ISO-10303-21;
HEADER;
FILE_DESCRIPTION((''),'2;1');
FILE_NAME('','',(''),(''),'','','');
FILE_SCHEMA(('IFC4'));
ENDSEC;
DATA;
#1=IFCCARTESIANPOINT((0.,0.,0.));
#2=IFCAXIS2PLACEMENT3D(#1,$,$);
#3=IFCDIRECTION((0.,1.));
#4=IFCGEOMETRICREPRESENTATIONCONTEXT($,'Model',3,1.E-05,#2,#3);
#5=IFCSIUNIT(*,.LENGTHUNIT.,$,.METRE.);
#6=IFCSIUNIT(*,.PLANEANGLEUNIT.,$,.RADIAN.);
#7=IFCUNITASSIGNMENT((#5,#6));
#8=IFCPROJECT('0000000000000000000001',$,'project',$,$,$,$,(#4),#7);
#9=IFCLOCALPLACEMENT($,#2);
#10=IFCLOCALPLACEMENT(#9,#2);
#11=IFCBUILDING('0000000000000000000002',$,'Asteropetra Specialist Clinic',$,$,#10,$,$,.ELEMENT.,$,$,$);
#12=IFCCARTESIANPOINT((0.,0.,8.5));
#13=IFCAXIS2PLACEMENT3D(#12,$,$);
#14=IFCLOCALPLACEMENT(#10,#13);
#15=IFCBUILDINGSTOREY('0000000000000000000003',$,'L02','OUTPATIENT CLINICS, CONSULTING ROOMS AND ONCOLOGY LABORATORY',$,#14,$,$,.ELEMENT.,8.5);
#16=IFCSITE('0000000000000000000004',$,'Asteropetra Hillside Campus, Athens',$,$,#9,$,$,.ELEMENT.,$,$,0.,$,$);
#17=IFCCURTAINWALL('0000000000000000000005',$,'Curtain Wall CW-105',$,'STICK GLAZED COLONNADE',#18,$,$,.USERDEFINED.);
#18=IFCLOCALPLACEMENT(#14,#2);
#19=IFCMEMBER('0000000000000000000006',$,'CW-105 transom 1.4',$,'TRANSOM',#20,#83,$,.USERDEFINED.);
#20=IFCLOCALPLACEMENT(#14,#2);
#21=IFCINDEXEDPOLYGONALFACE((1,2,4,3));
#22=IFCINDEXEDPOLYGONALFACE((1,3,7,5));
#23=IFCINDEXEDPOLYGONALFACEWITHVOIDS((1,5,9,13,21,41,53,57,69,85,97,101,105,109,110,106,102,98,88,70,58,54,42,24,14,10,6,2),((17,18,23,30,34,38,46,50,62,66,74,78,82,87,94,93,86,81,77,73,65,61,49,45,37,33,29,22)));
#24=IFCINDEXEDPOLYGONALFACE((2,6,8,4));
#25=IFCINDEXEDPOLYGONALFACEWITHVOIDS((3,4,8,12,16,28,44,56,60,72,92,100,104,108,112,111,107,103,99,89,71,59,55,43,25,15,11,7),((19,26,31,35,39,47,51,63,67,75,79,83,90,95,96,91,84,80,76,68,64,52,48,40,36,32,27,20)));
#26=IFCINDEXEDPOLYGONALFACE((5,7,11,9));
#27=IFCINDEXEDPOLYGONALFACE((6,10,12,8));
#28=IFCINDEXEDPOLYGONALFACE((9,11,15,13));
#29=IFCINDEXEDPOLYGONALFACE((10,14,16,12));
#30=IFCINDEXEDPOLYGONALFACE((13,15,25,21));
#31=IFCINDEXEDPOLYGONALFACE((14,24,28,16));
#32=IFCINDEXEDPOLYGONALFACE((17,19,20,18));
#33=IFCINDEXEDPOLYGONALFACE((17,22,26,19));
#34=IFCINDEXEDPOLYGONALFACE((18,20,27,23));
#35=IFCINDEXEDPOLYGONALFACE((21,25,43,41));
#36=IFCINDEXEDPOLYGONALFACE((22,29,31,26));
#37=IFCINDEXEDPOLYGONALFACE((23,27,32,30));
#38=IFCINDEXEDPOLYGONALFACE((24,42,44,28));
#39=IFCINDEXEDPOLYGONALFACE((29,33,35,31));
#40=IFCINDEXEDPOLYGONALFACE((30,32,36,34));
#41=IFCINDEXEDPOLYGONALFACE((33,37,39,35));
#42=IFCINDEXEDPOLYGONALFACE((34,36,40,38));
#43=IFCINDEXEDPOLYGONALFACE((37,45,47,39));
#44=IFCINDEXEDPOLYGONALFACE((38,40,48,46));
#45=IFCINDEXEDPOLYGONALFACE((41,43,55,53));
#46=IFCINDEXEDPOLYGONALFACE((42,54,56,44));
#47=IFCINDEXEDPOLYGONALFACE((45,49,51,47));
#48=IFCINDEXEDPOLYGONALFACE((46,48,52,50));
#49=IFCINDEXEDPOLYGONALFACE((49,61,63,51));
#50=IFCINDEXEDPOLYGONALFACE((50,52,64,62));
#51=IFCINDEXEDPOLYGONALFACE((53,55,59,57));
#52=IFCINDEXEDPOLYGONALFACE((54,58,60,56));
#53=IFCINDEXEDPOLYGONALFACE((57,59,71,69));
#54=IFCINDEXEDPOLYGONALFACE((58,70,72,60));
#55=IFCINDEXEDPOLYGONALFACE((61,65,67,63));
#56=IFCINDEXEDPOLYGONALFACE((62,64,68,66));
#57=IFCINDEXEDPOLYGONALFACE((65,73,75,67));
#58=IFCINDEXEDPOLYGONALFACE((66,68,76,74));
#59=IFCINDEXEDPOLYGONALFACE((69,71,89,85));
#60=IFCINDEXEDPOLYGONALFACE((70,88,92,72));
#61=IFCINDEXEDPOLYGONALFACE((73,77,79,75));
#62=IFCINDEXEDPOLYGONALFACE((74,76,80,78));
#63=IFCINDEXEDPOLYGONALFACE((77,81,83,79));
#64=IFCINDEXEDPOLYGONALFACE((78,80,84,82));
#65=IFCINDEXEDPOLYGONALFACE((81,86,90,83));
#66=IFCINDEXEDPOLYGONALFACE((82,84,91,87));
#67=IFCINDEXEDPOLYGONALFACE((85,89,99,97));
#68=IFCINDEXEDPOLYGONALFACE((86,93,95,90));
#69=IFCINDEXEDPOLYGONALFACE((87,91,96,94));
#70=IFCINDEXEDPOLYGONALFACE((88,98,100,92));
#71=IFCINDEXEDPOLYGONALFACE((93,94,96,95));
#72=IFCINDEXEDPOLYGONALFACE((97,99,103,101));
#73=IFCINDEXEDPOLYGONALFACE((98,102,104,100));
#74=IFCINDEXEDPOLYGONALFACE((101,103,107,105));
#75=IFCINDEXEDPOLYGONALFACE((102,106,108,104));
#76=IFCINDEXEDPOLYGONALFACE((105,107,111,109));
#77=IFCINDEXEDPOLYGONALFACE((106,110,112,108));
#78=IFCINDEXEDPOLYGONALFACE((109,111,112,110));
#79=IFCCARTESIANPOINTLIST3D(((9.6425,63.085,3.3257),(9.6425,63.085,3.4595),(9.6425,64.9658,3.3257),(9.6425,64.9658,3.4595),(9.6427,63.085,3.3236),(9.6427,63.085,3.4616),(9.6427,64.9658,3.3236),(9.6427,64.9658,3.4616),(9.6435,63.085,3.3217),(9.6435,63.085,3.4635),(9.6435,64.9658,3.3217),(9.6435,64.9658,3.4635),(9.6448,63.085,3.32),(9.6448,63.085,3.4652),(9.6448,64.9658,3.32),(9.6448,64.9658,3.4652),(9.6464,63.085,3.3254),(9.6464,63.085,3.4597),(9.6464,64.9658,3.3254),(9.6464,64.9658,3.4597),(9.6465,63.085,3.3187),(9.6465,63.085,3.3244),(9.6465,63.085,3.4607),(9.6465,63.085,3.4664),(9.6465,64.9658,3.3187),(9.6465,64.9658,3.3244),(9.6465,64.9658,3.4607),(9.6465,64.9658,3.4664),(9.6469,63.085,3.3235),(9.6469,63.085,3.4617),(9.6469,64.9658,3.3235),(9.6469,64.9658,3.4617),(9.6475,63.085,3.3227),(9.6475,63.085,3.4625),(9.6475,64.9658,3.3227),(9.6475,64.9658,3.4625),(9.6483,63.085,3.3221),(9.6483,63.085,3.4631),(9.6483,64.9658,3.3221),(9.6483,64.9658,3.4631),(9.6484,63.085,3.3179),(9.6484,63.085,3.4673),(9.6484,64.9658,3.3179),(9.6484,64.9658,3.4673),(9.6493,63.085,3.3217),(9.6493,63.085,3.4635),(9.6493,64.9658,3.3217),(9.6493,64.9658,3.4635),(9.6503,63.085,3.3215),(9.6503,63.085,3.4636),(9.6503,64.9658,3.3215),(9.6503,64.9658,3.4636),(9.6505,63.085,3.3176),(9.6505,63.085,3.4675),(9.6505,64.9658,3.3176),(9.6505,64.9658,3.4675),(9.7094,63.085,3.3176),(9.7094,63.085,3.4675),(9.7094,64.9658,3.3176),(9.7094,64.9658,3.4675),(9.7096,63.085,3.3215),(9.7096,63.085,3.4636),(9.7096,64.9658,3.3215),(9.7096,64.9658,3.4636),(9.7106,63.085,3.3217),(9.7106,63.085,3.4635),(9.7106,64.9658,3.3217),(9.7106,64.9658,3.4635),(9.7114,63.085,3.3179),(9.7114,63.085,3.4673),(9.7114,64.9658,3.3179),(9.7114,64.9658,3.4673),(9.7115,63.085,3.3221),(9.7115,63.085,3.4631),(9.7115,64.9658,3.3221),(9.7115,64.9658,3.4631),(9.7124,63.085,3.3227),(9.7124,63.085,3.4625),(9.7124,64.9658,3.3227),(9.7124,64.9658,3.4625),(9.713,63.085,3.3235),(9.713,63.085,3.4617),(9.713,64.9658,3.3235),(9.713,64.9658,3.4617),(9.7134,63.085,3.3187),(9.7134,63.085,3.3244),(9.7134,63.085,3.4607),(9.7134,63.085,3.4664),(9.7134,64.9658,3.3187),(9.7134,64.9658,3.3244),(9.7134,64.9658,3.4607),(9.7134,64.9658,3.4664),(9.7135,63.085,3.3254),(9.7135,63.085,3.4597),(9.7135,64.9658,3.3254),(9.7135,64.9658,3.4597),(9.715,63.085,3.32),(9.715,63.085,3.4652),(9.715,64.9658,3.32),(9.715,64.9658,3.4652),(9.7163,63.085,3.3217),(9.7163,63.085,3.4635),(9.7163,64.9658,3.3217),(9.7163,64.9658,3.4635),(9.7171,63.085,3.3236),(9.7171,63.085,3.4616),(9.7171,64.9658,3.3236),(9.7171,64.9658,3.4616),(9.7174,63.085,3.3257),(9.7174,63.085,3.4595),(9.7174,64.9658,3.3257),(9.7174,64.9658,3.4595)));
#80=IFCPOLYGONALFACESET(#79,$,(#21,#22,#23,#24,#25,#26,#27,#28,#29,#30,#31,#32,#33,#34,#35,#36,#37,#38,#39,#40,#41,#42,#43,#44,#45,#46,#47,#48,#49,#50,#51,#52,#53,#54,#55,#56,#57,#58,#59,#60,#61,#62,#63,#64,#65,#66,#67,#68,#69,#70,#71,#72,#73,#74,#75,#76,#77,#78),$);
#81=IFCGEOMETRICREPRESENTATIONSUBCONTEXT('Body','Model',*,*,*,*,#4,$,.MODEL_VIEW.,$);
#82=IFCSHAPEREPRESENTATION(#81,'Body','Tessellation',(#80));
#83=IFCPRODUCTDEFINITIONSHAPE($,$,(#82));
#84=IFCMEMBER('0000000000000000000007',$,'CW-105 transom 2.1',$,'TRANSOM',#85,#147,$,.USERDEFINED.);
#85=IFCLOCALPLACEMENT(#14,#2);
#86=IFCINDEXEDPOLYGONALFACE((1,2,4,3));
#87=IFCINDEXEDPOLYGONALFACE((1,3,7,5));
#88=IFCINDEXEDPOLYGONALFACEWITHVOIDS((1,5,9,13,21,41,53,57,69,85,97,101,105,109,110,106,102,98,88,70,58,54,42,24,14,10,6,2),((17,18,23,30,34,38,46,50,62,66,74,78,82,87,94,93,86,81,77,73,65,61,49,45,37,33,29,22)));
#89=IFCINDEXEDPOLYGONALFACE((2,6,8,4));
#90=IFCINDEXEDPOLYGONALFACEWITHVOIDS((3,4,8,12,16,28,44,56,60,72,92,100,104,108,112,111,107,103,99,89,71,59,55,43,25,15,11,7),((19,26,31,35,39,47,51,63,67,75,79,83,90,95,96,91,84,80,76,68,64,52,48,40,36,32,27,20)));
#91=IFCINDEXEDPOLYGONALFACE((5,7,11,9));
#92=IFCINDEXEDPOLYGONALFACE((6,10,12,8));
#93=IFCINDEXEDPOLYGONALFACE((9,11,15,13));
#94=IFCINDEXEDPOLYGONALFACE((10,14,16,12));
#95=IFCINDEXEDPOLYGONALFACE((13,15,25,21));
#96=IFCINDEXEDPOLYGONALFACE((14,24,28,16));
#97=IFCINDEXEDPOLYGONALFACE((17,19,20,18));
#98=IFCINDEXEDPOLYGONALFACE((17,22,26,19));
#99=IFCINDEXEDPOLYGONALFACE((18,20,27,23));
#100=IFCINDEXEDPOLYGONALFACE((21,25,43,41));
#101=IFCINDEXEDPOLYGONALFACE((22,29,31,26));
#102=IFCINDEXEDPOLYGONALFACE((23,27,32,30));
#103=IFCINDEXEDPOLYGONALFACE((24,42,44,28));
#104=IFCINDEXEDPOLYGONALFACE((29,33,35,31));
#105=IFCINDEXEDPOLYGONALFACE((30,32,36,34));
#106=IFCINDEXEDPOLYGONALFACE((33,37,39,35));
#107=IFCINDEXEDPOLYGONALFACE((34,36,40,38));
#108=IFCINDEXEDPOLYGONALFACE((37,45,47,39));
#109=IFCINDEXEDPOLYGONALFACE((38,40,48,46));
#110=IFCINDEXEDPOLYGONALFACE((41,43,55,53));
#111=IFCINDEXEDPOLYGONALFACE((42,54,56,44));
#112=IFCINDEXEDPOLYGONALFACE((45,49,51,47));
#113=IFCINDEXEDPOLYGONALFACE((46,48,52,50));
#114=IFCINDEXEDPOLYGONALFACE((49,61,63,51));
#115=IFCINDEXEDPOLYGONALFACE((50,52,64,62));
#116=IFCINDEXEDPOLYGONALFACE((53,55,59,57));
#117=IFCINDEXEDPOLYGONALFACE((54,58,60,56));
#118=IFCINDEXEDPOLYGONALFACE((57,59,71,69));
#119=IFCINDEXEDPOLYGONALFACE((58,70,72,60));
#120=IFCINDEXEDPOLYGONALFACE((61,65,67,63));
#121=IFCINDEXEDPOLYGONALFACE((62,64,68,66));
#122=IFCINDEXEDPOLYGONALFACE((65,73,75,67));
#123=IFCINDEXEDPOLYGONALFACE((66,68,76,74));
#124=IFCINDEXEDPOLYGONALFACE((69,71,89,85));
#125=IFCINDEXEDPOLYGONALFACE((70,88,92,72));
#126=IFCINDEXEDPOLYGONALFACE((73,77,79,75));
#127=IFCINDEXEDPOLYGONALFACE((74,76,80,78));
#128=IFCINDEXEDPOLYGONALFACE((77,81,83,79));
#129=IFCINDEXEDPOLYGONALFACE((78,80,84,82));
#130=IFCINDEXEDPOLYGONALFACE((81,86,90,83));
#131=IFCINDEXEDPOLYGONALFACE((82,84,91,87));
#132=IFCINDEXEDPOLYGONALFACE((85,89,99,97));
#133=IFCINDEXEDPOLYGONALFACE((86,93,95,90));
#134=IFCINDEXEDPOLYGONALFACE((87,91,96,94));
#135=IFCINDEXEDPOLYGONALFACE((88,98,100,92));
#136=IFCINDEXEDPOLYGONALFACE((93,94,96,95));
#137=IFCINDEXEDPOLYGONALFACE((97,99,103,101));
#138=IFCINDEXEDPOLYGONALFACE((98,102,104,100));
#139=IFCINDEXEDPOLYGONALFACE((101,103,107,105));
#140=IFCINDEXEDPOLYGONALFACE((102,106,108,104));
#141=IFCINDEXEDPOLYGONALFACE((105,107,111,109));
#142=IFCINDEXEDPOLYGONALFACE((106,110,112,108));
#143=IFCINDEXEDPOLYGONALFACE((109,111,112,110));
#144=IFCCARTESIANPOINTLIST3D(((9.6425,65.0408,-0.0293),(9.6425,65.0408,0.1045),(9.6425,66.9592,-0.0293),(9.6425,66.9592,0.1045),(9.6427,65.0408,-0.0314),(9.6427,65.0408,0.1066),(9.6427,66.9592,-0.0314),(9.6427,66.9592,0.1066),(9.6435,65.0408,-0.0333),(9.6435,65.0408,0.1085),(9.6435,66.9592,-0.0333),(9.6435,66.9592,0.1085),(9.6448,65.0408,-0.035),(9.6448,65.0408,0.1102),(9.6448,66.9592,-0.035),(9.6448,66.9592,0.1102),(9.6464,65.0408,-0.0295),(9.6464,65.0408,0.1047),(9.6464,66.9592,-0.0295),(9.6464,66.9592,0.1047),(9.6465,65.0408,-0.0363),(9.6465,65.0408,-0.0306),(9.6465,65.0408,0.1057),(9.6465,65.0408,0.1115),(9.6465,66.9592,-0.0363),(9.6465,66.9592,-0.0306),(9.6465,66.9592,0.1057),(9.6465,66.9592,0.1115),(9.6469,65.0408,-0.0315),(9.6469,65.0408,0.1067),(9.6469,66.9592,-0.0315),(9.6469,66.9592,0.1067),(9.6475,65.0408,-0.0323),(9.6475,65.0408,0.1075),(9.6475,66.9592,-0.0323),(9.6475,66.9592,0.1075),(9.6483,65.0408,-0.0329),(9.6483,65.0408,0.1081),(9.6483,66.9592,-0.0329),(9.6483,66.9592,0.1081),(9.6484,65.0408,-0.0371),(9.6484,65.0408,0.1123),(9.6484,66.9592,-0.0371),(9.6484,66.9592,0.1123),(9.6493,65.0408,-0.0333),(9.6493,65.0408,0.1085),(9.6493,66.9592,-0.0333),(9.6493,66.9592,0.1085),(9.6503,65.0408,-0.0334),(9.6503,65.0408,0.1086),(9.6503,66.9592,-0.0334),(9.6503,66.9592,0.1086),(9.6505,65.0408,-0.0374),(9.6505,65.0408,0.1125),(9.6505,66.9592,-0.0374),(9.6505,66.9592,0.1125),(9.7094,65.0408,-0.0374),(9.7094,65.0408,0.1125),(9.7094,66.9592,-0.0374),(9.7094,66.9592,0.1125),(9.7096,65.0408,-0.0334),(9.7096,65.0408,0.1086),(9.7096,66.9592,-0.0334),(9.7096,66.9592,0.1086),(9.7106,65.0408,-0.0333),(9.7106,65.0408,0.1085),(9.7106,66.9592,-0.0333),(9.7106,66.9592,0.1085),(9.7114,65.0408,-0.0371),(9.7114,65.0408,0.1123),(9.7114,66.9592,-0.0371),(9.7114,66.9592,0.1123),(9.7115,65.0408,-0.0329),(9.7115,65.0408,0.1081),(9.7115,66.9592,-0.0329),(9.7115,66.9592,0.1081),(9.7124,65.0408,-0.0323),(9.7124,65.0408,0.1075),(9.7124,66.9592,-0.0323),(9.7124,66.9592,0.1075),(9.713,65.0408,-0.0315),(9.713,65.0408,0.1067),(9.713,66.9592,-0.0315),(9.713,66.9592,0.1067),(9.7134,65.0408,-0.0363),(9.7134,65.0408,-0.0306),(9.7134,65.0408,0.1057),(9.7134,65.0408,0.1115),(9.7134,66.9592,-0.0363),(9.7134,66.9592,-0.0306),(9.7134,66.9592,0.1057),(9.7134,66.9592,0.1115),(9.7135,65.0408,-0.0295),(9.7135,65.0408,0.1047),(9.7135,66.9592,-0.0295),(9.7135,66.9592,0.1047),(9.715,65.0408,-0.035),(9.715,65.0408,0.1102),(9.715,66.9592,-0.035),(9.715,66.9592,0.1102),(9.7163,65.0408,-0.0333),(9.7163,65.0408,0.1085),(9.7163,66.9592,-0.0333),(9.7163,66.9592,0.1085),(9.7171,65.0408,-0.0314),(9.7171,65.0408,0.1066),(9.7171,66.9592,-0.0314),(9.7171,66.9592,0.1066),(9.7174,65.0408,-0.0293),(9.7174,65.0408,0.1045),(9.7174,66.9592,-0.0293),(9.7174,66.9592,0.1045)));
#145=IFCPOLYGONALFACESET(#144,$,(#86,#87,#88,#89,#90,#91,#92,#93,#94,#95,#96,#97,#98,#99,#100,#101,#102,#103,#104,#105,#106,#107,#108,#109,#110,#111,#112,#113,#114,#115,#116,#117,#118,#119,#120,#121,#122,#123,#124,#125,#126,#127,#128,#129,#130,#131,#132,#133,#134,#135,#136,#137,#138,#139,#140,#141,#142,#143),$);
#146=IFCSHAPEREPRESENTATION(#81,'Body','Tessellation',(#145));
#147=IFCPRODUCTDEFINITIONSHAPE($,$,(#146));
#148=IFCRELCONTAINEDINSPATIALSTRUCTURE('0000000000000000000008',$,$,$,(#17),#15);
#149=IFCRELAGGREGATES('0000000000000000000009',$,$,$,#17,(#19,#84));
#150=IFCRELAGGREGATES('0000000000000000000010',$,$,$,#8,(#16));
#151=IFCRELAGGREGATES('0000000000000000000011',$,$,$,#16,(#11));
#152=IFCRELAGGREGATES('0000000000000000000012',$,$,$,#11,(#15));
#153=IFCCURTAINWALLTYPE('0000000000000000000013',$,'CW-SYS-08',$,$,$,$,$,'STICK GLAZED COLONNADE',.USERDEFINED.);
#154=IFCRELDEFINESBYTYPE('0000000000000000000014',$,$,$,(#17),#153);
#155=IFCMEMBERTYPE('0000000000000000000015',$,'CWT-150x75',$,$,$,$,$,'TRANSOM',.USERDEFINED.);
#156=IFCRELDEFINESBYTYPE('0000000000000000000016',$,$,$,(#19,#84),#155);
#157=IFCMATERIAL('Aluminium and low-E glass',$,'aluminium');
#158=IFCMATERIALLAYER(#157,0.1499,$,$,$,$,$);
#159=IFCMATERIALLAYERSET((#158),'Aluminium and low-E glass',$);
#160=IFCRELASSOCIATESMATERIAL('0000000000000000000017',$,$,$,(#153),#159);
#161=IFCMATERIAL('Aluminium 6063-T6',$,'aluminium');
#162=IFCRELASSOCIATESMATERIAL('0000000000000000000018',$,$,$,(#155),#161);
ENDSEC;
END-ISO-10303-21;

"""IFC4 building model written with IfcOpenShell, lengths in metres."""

from ifc_helpers import new_model, si_unit, direction, frame, origin, origin_2d, place, context, subcontext, project, spatial, hollow_rectangle, extrude, material, layer, layer_set, material_profile, profile_set, type_object, element, aggregate, save


model = new_model("IFC4")

# Units and contexts
model_context = context("Model", 3, precision=1e-05, world=origin(), true_north=direction((0.0, 1.0)))
body_context = subcontext(model_context, "Body", "Model", "MODEL_VIEW")
ifc_project = project(units=[si_unit("LENGTHUNIT", "METRE"), si_unit("PLANEANGLEUNIT", "RADIAN")], contexts=[model_context])

# Site, building, storey
site_placement = place(None, origin())
site = spatial("IfcSite", under=ifc_project, at=site_placement, Name="Asteropetra Hillside Campus, Athens", CompositionType="ELEMENT", RefElevation=0.0)
building_placement = place(site_placement, origin())
building = spatial("IfcBuilding", under=site, at=building_placement, Name="Asteropetra Specialist Clinic", CompositionType="ELEMENT")
storey_placement = place(building_placement, frame((0.0, 0.0, 8.5)))
storey = spatial("IfcBuildingStorey", under=building, at=storey_placement, Name="L02", Description="OUTPATIENT CLINICS, CONSULTING ROOMS AND ONCOLOGY LABORATORY", CompositionType="ELEMENT", Elevation=8.5)

# Curtain wall, members
ifc_material_1 = material(Name="Aluminium and low-E glass", Category="aluminium")
ifc_layer_1 = layer(ifc_material_1, 0.1499)
ifc_layer_set_1 = layer_set([ifc_layer_1], Name="Aluminium and low-E glass")
curtain_wall_type = type_object("IfcCurtainWallType", Name="CW-SYS-08", ElementType="STICK GLAZED COLONNADE", PredefinedType="USERDEFINED", material=ifc_layer_set_1)
curtain_wall_placement = place(storey_placement, origin())
curtain_wall = element("IfcCurtainWall", 1, at=curtain_wall_placement, inside=storey, type_object=curtain_wall_type, Name="Curtain Wall CW-105", ObjectType="STICK GLAZED COLONNADE", PredefinedType="USERDEFINED")
ifc_material_2 = material(Name="Aluminium 6063-T6", Category="aluminium")
ifc_material_profile_1 = material_profile(ifc_material_2, hollow_rectangle(XDim=0.075, YDim=0.1499, WallThickness=0.0039, InnerFilletRadius=0.0039, OuterFilletRadius=0.0081, at=origin_2d()), Name="TRN 150x75x4.0")
ifc_profile_set_1 = profile_set([ifc_material_profile_1], Name="Aluminium 6063-T6")
member_type_1 = type_object("IfcMemberType", Name="CWT-150x75", ElementType="TRANSOM", PredefinedType="USERDEFINED", material=ifc_profile_set_1)
member_1_placement = place(storey_placement, frame((9.6799, 63.085, 3.3926), z_axis=(0.0, 1.0, 0.0), x_axis=(-1.0, 0.0, 0.0)))
member_1 = element("IfcMember", 2, at=member_1_placement, type_object=member_type_1, Name="CW-105 transom 1.4", ObjectType="TRANSOM", PredefinedType="USERDEFINED", context=body_context, shape_type="SweptSolid", body=[
    extrude(hollow_rectangle(XDim=0.075, YDim=0.1499, WallThickness=0.0039, InnerFilletRadius=0.0039, OuterFilletRadius=0.0081, at=origin_2d()), origin(), (0.0, 0.0, 1.0), 1.8809),
])
member_2_placement = place(storey_placement, frame((9.6799, 65.0408, 0.0376), z_axis=(0.0, 1.0, 0.0), x_axis=(-1.0, 0.0, 0.0)))
member_2 = element("IfcMember", 3, at=member_2_placement, type_object=member_type_1, Name="CW-105 transom 2.1", ObjectType="TRANSOM", PredefinedType="USERDEFINED", context=body_context, shape_type="SweptSolid", body=[
    extrude(hollow_rectangle(XDim=0.075, YDim=0.1499, WallThickness=0.0039, InnerFilletRadius=0.0039, OuterFilletRadius=0.0081, at=origin_2d()), origin(), (0.0, 0.0, 1.0), 1.9185),
])

aggregate(curtain_wall, [member_1, member_2])

save(model, "model.ifc")
